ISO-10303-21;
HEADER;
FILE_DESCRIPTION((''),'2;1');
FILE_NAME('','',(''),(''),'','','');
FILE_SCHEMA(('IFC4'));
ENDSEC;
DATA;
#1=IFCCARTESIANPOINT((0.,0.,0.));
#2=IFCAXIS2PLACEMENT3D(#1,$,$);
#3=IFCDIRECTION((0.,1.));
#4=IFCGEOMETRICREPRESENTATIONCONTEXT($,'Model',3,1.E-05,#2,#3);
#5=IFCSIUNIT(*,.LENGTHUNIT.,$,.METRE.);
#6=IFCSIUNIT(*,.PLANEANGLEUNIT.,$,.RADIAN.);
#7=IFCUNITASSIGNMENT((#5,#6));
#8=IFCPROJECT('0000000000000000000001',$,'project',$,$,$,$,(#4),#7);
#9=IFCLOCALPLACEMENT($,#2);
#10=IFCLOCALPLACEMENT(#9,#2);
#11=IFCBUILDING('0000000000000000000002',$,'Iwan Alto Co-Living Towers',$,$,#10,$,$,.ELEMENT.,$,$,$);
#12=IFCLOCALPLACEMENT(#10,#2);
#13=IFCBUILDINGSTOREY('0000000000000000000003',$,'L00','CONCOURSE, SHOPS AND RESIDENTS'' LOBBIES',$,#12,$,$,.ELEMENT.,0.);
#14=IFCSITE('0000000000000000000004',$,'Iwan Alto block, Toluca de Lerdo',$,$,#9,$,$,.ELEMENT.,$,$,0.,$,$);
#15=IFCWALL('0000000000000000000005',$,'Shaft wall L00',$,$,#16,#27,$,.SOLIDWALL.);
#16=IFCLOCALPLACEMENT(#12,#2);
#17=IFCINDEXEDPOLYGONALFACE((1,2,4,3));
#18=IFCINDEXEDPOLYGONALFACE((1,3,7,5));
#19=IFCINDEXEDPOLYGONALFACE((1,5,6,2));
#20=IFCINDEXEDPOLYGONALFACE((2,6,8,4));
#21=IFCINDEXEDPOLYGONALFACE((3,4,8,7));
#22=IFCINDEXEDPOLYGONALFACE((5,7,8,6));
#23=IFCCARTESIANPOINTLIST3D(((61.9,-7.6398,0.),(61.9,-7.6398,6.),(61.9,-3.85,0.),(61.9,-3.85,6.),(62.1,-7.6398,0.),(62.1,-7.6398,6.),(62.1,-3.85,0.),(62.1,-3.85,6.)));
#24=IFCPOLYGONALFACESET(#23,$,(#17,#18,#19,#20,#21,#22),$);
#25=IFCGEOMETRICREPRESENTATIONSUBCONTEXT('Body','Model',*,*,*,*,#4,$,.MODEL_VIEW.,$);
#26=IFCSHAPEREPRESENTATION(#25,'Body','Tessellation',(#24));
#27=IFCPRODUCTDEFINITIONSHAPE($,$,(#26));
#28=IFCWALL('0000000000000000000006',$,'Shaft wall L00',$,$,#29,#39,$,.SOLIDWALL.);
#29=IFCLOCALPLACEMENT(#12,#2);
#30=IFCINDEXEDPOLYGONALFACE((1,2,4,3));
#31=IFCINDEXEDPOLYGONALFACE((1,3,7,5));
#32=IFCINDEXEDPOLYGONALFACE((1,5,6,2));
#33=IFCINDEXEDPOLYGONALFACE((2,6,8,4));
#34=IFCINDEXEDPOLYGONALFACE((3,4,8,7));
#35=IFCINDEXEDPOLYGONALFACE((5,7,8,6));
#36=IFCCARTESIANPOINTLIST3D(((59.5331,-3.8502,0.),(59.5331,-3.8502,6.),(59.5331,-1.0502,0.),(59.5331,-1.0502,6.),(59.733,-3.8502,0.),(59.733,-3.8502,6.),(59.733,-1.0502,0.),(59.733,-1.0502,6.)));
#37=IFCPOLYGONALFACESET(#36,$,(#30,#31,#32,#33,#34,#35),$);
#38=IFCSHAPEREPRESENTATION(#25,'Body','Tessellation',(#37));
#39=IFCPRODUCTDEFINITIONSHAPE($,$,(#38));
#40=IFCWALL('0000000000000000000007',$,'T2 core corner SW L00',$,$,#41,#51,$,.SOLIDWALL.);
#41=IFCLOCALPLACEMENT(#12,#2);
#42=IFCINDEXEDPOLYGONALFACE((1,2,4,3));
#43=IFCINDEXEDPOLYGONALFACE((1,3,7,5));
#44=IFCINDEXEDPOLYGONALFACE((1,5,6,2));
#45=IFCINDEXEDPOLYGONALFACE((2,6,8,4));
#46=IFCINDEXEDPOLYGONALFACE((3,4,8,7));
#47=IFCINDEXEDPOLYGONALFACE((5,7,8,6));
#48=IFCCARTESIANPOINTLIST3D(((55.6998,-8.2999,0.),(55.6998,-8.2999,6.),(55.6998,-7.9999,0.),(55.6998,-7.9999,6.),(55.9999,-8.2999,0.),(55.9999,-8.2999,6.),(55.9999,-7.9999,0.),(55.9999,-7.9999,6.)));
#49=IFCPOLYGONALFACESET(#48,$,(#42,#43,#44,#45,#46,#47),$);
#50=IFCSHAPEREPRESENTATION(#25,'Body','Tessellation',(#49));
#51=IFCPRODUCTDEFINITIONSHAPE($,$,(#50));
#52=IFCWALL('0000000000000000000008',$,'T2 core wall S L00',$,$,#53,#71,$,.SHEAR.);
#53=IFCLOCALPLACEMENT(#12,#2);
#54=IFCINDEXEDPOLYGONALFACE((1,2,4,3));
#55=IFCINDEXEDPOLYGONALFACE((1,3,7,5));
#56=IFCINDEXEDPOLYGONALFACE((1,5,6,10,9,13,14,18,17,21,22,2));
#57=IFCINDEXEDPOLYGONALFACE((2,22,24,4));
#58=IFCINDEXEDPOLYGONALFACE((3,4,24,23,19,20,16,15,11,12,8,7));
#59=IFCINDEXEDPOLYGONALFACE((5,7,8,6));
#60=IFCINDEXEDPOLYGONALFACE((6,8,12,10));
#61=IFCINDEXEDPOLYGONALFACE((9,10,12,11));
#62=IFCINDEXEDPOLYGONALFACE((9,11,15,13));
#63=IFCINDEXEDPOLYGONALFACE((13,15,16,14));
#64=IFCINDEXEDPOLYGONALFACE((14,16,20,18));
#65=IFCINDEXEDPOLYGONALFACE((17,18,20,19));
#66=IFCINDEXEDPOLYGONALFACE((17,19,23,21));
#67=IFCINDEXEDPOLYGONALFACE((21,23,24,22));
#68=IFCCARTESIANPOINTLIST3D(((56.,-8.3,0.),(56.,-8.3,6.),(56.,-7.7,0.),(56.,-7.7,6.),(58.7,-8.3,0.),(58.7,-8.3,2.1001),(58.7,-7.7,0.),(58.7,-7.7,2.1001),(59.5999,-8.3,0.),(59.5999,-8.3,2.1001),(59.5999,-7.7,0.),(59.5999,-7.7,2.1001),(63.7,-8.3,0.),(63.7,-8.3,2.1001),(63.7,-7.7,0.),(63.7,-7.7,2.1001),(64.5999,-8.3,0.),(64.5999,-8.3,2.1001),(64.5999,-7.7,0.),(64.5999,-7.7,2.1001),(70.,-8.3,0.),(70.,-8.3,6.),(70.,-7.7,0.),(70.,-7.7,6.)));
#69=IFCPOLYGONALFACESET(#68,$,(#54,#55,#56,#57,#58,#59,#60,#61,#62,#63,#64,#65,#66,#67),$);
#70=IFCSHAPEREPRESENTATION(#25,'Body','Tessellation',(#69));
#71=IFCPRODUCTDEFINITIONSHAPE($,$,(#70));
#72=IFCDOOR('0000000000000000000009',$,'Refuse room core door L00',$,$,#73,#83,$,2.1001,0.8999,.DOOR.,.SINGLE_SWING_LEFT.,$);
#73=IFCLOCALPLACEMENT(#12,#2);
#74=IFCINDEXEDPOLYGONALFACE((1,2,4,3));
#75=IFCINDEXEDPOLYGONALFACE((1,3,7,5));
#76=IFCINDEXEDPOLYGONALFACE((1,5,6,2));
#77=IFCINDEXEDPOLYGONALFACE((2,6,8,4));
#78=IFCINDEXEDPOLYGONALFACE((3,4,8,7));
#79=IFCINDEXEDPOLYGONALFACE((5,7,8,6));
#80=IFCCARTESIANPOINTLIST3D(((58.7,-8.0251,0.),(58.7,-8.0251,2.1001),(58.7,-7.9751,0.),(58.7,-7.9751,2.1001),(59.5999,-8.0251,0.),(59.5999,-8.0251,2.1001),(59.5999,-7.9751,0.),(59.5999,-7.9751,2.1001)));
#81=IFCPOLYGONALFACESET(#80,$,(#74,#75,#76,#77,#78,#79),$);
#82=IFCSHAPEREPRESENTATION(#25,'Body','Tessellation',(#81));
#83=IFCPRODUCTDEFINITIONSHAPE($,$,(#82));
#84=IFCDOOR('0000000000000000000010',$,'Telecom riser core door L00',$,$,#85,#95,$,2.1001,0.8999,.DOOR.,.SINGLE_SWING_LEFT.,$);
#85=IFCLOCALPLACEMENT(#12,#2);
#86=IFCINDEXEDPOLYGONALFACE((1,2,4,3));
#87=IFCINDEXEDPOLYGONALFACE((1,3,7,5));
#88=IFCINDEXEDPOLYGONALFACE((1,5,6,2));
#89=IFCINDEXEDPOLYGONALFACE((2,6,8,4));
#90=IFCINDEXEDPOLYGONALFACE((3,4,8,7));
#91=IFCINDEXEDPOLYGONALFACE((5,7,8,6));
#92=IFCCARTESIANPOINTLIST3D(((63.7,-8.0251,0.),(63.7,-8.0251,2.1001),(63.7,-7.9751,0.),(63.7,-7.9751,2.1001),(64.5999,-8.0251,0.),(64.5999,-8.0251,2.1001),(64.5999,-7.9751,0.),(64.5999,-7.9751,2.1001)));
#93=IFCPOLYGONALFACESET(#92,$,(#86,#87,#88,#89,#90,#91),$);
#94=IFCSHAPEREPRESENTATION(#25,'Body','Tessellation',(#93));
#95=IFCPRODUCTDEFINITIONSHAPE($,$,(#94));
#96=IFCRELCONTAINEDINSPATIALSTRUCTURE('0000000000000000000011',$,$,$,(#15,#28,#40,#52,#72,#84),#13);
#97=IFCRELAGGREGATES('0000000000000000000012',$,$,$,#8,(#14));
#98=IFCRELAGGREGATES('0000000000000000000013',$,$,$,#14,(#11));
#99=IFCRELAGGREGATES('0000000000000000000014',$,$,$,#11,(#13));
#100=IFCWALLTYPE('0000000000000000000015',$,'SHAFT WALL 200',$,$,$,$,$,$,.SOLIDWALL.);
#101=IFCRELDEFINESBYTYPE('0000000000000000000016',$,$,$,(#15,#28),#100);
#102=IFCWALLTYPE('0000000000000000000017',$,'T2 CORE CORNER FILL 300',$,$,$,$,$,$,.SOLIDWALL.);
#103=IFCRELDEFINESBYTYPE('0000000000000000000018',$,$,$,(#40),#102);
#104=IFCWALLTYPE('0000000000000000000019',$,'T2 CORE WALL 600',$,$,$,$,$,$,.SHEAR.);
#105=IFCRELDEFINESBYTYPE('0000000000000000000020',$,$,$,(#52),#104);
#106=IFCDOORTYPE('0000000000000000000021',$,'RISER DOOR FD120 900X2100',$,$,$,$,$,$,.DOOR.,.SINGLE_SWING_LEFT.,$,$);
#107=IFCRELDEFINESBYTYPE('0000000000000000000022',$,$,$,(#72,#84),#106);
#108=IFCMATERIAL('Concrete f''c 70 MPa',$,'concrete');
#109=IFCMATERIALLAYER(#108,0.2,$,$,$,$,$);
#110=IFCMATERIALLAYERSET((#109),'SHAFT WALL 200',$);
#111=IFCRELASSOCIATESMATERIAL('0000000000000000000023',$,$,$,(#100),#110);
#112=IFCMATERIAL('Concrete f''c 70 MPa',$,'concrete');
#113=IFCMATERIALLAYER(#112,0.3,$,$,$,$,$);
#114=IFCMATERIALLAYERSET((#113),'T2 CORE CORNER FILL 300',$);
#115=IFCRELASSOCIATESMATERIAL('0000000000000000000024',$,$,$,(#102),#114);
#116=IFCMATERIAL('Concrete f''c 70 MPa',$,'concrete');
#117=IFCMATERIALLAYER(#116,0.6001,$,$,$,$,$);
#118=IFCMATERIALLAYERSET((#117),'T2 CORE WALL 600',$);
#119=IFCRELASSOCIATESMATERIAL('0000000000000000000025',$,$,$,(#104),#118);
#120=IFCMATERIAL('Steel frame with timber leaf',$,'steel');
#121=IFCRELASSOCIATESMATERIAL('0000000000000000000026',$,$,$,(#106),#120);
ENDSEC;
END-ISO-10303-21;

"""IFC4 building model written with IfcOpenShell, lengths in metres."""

from ifc_helpers import new_model, si_unit, direction, frame, frame_2d, origin, place, context, subcontext, project, spatial, rectangle, extrude, material, layer, layer_set, type_object, element, fill, save


model = new_model("IFC4")

# Units and contexts
model_context = context("Model", 3, precision=1e-05, world=origin(), true_north=direction((0.0, 1.0)))
body_context = subcontext(model_context, "Body", "Model", "MODEL_VIEW")
ifc_project = project(units=[si_unit("LENGTHUNIT", "METRE"), si_unit("PLANEANGLEUNIT", "RADIAN")], contexts=[model_context])

# Site, building, storey
site_placement = place(None, origin())
site = spatial("IfcSite", under=ifc_project, at=site_placement, Name="Iwan Alto block, Toluca de Lerdo", CompositionType="ELEMENT", RefElevation=0.0)
building_placement = place(site_placement, origin())
building = spatial("IfcBuilding", under=site, at=building_placement, Name="Iwan Alto Co-Living Towers", CompositionType="ELEMENT")
storey_placement = place(building_placement, origin())
storey = spatial("IfcBuildingStorey", under=building, at=storey_placement, Name="L00", Description="CONCOURSE, SHOPS AND RESIDENTS' LOBBIES", CompositionType="ELEMENT", Elevation=0.0)

# Walls
ifc_material_1 = material(Name="Concrete f'c 70 MPa", Category="concrete")
ifc_layer_1 = layer(ifc_material_1, 0.2)
ifc_layer_set_1 = layer_set([ifc_layer_1], Name="SHAFT WALL 200")
wall_type_1 = type_object("IfcWallType", Name="SHAFT WALL 200", PredefinedType="SOLIDWALL", material=ifc_layer_set_1)
wall_1_placement = place(storey_placement, frame((62.0, -7.6399, 0.0), z_axis=(0.0, 0.0, 1.0), x_axis=(0.0, 1.0, 0.0)))
element("IfcWall", 1, at=wall_1_placement, inside=storey, type_object=wall_type_1, Name="Shaft wall L00", PredefinedType="SOLIDWALL", context=body_context, shape_type="SweptSolid", body=[
    extrude(rectangle(XDim=3.7898, YDim=0.2, at=frame_2d((1.895, 0.0))), origin(), (0.0, 0.0, 1.0), 6.0),
])
wall_2_placement = place(storey_placement, frame((59.6331, -3.8501, 0.0), z_axis=(0.0, 0.0, 1.0), x_axis=(0.0, 1.0, 0.0)))
element("IfcWall", 2, at=wall_2_placement, inside=storey, type_object=wall_type_1, Name="Shaft wall L00", PredefinedType="SOLIDWALL", context=body_context, shape_type="SweptSolid", body=[
    extrude(rectangle(XDim=2.8, YDim=0.2, at=frame_2d((1.3999, 0.0))), origin(), (0.0, 0.0, 1.0), 6.0),
])
ifc_material_2 = material(Name="Concrete f'c 70 MPa", Category="concrete")
ifc_layer_2 = layer(ifc_material_2, 0.3)
ifc_layer_set_2 = layer_set([ifc_layer_2], Name="T2 CORE CORNER FILL 300")
wall_type_2 = type_object("IfcWallType", Name="T2 CORE CORNER FILL 300", PredefinedType="SOLIDWALL", material=ifc_layer_set_2)
wall_3_placement = place(storey_placement, frame((55.7, -8.1499, 0.0), z_axis=(0.0, 0.0, 1.0), x_axis=(1.0, 0.0, 0.0)))
element("IfcWall", 3, at=wall_3_placement, inside=storey, type_object=wall_type_2, Name="T2 core corner SW L00", PredefinedType="SOLIDWALL", context=body_context, shape_type="SweptSolid", body=[
    extrude(rectangle(XDim=0.3, YDim=0.3, at=frame_2d((0.1499, 0.0))), origin(), (0.0, 0.0, 1.0), 6.0),
])

# Wall, openings, doors
ifc_material_3 = material(Name="Concrete f'c 70 MPa", Category="concrete")
ifc_layer_3 = layer(ifc_material_3, 0.6001)
ifc_layer_set_3 = layer_set([ifc_layer_3], Name="T2 CORE WALL 600")
wall_type_3 = type_object("IfcWallType", Name="T2 CORE WALL 600", PredefinedType="SHEAR", material=ifc_layer_set_3)
wall_4_placement = place(storey_placement, frame((56.0, -8.0, 0.0), z_axis=(0.0, 0.0, 1.0), x_axis=(1.0, 0.0, 0.0)))
wall_4 = element("IfcWall", 4, at=wall_4_placement, inside=storey, type_object=wall_type_3, Name="T2 core wall S L00", PredefinedType="SHEAR", context=body_context, shape_type="SweptSolid", body=[
    extrude(rectangle(XDim=14.0, YDim=0.6001, at=frame_2d((7.0, 0.0))), origin(), (0.0, 0.0, 1.0), 6.0),
])
opening_1_placement = place(wall_4_placement, frame((2.7, 0.0, 0.0)))
opening_1 = element("IfcOpeningElement", 5, at=opening_1_placement, cuts=wall_4, PredefinedType="OPENING", context=body_context, shape_type="SweptSolid", body=[
    extrude(rectangle(XDim=0.8999, YDim=2.1001, at=frame_2d((0.45, 1.05))), frame((0.0, 0.3101, 0.0), z_axis=(0.0, -1.0, 0.0), x_axis=(1.0, 0.0, 0.0)), (0.0, 0.0, 1.0), 0.6201),
])
opening_2_placement = place(wall_4_placement, frame((7.7, 0.0, 0.0)))
opening_2 = element("IfcOpeningElement", 6, at=opening_2_placement, cuts=wall_4, PredefinedType="OPENING", context=body_context, shape_type="SweptSolid", body=[
    extrude(rectangle(XDim=0.8999, YDim=2.1001, at=frame_2d((0.45, 1.05))), frame((0.0, 0.3101, 0.0), z_axis=(0.0, -1.0, 0.0), x_axis=(1.0, 0.0, 0.0)), (0.0, 0.0, 1.0), 0.6201),
])
ifc_material_4 = material(Name="Steel frame with timber leaf", Category="steel")
door_type_1 = type_object("IfcDoorType", Name="RISER DOOR FD120 900X2100", OperationType="SINGLE_SWING_LEFT", PredefinedType="DOOR", material=ifc_material_4)
door_1_placement = place(opening_1_placement, origin())
door_1 = element("IfcDoor", 7, at=door_1_placement, inside=storey, type_object=door_type_1, Name="Refuse room core door L00", OperationType="SINGLE_SWING_LEFT", OverallHeight=2.1001, OverallWidth=0.8999, PredefinedType="DOOR", context=body_context, shape_type="SweptSolid", body=[
    extrude(rectangle(XDim=0.8999, YDim=2.1001, at=frame_2d((0.45, 1.05))), frame((0.0, 0.0249, 0.0), z_axis=(0.0, -1.0, 0.0), x_axis=(1.0, 0.0, 0.0)), (0.0, 0.0, 1.0), 0.05),
])
fill(opening_1, door_1)
door_2_placement = place(opening_2_placement, origin())
door_2 = element("IfcDoor", 8, at=door_2_placement, inside=storey, type_object=door_type_1, Name="Telecom riser core door L00", OperationType="SINGLE_SWING_LEFT", OverallHeight=2.1001, OverallWidth=0.8999, PredefinedType="DOOR", context=body_context, shape_type="SweptSolid", body=[
    extrude(rectangle(XDim=0.8999, YDim=2.1001, at=frame_2d((0.45, 1.05))), frame((0.0, 0.0249, 0.0), z_axis=(0.0, -1.0, 0.0), x_axis=(1.0, 0.0, 0.0)), (0.0, 0.0, 1.0), 0.05),
])
fill(opening_2, door_2)

save(model, "model.ifc")
